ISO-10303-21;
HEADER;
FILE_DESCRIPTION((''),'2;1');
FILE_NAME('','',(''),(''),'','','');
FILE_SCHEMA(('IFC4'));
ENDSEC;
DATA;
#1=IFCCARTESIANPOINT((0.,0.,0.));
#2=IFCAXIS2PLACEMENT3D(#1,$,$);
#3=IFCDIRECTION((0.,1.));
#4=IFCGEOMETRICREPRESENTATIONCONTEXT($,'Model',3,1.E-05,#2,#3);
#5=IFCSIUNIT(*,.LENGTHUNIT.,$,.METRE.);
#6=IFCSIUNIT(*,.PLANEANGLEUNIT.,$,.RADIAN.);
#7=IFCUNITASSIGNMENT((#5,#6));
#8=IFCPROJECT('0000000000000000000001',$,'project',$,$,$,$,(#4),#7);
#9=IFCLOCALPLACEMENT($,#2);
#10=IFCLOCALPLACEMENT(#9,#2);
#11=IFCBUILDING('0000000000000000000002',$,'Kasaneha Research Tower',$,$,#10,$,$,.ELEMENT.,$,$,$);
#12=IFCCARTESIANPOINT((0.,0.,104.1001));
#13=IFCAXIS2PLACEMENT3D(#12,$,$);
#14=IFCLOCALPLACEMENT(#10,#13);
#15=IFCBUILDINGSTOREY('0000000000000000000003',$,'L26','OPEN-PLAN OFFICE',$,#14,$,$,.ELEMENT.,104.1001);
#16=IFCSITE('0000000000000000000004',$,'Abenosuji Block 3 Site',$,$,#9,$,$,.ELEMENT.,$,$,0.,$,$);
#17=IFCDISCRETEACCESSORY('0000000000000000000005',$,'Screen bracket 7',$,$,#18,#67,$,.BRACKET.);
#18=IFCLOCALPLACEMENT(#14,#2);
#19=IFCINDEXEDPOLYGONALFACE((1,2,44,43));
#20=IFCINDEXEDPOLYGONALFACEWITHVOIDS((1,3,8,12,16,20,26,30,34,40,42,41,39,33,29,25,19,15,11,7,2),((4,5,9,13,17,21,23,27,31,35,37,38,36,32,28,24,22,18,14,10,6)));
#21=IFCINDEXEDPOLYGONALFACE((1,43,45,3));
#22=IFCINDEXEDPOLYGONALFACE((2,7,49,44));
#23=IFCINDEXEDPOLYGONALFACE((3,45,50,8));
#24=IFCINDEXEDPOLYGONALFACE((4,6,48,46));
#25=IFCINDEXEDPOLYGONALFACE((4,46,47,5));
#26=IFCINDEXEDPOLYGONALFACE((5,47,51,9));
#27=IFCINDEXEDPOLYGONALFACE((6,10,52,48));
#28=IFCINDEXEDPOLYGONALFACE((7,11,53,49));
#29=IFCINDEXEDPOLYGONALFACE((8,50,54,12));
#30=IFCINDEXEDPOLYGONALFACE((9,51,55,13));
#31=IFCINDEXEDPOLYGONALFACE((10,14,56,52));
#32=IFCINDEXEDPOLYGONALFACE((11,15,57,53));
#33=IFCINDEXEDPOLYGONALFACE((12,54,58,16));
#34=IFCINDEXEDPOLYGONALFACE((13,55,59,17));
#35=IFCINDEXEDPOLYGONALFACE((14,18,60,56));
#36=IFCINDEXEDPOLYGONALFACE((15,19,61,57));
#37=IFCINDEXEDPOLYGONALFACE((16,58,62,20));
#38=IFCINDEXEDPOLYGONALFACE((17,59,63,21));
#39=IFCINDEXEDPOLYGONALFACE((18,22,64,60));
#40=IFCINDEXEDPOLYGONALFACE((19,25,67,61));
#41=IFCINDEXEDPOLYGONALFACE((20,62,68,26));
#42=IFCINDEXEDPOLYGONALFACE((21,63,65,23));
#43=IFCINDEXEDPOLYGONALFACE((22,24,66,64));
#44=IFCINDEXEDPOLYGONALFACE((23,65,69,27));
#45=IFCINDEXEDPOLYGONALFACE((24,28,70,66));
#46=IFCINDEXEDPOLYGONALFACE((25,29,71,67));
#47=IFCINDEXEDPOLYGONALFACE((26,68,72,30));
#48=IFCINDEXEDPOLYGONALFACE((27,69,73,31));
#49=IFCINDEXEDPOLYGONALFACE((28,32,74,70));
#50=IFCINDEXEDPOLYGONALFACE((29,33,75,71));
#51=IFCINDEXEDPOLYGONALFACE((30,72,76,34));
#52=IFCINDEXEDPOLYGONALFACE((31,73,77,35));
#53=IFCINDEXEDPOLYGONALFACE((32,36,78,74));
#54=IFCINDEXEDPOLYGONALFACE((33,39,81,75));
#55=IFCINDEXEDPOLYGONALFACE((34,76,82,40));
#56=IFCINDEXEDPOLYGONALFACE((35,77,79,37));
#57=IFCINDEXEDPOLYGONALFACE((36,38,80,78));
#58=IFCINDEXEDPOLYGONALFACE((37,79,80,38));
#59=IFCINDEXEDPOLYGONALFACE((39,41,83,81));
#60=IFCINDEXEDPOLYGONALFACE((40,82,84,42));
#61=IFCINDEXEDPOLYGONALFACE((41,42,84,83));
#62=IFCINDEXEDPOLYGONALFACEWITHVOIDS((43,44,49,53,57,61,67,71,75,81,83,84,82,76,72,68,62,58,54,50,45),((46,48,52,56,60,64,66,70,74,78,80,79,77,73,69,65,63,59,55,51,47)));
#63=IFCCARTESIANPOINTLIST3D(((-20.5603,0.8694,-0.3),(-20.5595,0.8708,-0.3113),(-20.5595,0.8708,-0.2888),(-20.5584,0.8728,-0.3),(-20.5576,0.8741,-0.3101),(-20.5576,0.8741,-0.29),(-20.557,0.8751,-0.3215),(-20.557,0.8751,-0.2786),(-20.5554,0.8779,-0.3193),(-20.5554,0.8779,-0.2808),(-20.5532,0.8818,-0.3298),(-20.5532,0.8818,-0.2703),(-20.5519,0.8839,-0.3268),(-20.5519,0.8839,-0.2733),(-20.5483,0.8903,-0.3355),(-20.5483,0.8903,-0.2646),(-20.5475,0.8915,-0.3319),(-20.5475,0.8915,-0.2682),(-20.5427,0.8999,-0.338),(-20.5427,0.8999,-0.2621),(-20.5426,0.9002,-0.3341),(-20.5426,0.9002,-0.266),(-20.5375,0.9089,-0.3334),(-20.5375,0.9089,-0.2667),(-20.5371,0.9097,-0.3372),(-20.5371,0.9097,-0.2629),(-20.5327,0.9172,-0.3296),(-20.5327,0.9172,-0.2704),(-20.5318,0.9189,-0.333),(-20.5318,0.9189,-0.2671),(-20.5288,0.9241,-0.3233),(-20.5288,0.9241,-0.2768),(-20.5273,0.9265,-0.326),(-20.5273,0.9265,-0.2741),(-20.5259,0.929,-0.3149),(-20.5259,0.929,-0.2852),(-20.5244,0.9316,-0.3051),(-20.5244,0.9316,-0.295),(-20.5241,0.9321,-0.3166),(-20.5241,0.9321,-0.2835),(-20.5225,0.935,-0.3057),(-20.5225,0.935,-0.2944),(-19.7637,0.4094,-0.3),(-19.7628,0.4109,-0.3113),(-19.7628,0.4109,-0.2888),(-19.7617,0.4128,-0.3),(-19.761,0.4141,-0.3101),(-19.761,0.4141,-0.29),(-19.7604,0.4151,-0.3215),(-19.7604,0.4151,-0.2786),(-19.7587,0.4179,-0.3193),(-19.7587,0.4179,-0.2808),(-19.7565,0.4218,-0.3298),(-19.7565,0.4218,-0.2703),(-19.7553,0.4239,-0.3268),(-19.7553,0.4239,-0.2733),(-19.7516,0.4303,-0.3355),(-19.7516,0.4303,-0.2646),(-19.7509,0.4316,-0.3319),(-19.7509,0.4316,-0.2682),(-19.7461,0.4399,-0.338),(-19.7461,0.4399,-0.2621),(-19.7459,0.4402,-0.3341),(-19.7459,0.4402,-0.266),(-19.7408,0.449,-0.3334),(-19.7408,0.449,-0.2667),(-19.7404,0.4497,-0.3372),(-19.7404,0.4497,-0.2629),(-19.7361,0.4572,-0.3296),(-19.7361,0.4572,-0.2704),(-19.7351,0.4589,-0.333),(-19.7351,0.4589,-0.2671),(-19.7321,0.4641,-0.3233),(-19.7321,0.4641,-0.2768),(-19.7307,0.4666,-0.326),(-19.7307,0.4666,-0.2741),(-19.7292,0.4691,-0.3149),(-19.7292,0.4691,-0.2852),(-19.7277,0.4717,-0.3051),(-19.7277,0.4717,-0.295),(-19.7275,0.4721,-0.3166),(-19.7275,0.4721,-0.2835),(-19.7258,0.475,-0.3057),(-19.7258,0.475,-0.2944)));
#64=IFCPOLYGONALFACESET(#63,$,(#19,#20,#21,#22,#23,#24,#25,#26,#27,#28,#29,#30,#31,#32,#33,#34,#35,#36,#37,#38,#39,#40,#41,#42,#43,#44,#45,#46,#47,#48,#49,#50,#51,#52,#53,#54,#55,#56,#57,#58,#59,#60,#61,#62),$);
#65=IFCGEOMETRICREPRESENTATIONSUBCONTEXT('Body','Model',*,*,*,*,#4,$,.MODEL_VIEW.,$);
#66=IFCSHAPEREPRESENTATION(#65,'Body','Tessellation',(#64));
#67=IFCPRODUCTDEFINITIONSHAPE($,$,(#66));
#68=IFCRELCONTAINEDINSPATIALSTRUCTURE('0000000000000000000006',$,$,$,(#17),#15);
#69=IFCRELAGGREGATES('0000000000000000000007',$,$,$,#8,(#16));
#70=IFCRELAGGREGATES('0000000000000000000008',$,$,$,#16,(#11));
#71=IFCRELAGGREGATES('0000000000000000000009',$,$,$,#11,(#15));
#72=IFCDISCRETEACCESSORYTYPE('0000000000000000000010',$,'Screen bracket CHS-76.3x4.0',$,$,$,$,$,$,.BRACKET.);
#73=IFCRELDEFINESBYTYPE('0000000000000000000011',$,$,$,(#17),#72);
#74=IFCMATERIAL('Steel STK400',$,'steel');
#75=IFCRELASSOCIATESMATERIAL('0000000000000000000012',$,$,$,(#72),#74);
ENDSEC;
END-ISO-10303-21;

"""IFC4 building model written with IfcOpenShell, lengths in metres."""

from ifc_helpers import new_model, si_unit, direction, frame, origin, origin_2d, place, context, subcontext, project, spatial, hollow_circle, extrude, material, material_profile, profile_set, type_object, element, save


model = new_model("IFC4")

# Units and contexts
model_context = context("Model", 3, precision=1e-05, world=origin(), true_north=direction((0.0, 1.0)))
body_context = subcontext(model_context, "Body", "Model", "MODEL_VIEW")
ifc_project = project(units=[si_unit("LENGTHUNIT", "METRE"), si_unit("PLANEANGLEUNIT", "RADIAN")], contexts=[model_context])

# Site, building, storey
site_placement = place(None, origin())
site = spatial("IfcSite", under=ifc_project, at=site_placement, Name="Abenosuji Block 3 Site", CompositionType="ELEMENT", RefElevation=0.0)
building_placement = place(site_placement, origin())
building = spatial("IfcBuilding", under=site, at=building_placement, Name="Kasaneha Research Tower", CompositionType="ELEMENT")
storey_placement = place(building_placement, frame((0.0, 0.0, 104.1001)))
storey = spatial("IfcBuildingStorey", under=building, at=storey_placement, Name="L26", Description="OPEN-PLAN OFFICE", CompositionType="ELEMENT", Elevation=104.1001)

# Discrete accessory
ifc_material_1 = material(Name="Steel STK400", Category="steel")
ifc_material_profile_1 = material_profile(ifc_material_1, hollow_circle(Radius=0.0381, WallThickness=0.0039, at=origin_2d()), Name="CHS-76.3x4.0")
ifc_profile_set_1 = profile_set([ifc_material_profile_1], Name="Steel STK400")
discrete_accessory_type = type_object("IfcDiscreteAccessoryType", Name="Screen bracket CHS-76.3x4.0", PredefinedType="BRACKET", material=ifc_profile_set_1)
for number, where, z_axis, x_axis, name in (
    (1, (-19.7446, 0.4424, -0.3), (-0.866013, 0.500021, 0.0), (-0.500021, -0.866013, 0.0), "Screen bracket 7"),
):
    element("IfcDiscreteAccessory", number, at=place(storey_placement, frame(where, z_axis=z_axis, x_axis=x_axis)), inside=storey, type_object=discrete_accessory_type, Name=name, PredefinedType="BRACKET", context=body_context, shape_type="SweptSolid", body=[
        extrude(hollow_circle(Radius=0.0381, WallThickness=0.0039, at=origin_2d()), origin(), (0.0, 0.0, 1.0), 0.9199),
    ])

save(model, "model.ifc")
